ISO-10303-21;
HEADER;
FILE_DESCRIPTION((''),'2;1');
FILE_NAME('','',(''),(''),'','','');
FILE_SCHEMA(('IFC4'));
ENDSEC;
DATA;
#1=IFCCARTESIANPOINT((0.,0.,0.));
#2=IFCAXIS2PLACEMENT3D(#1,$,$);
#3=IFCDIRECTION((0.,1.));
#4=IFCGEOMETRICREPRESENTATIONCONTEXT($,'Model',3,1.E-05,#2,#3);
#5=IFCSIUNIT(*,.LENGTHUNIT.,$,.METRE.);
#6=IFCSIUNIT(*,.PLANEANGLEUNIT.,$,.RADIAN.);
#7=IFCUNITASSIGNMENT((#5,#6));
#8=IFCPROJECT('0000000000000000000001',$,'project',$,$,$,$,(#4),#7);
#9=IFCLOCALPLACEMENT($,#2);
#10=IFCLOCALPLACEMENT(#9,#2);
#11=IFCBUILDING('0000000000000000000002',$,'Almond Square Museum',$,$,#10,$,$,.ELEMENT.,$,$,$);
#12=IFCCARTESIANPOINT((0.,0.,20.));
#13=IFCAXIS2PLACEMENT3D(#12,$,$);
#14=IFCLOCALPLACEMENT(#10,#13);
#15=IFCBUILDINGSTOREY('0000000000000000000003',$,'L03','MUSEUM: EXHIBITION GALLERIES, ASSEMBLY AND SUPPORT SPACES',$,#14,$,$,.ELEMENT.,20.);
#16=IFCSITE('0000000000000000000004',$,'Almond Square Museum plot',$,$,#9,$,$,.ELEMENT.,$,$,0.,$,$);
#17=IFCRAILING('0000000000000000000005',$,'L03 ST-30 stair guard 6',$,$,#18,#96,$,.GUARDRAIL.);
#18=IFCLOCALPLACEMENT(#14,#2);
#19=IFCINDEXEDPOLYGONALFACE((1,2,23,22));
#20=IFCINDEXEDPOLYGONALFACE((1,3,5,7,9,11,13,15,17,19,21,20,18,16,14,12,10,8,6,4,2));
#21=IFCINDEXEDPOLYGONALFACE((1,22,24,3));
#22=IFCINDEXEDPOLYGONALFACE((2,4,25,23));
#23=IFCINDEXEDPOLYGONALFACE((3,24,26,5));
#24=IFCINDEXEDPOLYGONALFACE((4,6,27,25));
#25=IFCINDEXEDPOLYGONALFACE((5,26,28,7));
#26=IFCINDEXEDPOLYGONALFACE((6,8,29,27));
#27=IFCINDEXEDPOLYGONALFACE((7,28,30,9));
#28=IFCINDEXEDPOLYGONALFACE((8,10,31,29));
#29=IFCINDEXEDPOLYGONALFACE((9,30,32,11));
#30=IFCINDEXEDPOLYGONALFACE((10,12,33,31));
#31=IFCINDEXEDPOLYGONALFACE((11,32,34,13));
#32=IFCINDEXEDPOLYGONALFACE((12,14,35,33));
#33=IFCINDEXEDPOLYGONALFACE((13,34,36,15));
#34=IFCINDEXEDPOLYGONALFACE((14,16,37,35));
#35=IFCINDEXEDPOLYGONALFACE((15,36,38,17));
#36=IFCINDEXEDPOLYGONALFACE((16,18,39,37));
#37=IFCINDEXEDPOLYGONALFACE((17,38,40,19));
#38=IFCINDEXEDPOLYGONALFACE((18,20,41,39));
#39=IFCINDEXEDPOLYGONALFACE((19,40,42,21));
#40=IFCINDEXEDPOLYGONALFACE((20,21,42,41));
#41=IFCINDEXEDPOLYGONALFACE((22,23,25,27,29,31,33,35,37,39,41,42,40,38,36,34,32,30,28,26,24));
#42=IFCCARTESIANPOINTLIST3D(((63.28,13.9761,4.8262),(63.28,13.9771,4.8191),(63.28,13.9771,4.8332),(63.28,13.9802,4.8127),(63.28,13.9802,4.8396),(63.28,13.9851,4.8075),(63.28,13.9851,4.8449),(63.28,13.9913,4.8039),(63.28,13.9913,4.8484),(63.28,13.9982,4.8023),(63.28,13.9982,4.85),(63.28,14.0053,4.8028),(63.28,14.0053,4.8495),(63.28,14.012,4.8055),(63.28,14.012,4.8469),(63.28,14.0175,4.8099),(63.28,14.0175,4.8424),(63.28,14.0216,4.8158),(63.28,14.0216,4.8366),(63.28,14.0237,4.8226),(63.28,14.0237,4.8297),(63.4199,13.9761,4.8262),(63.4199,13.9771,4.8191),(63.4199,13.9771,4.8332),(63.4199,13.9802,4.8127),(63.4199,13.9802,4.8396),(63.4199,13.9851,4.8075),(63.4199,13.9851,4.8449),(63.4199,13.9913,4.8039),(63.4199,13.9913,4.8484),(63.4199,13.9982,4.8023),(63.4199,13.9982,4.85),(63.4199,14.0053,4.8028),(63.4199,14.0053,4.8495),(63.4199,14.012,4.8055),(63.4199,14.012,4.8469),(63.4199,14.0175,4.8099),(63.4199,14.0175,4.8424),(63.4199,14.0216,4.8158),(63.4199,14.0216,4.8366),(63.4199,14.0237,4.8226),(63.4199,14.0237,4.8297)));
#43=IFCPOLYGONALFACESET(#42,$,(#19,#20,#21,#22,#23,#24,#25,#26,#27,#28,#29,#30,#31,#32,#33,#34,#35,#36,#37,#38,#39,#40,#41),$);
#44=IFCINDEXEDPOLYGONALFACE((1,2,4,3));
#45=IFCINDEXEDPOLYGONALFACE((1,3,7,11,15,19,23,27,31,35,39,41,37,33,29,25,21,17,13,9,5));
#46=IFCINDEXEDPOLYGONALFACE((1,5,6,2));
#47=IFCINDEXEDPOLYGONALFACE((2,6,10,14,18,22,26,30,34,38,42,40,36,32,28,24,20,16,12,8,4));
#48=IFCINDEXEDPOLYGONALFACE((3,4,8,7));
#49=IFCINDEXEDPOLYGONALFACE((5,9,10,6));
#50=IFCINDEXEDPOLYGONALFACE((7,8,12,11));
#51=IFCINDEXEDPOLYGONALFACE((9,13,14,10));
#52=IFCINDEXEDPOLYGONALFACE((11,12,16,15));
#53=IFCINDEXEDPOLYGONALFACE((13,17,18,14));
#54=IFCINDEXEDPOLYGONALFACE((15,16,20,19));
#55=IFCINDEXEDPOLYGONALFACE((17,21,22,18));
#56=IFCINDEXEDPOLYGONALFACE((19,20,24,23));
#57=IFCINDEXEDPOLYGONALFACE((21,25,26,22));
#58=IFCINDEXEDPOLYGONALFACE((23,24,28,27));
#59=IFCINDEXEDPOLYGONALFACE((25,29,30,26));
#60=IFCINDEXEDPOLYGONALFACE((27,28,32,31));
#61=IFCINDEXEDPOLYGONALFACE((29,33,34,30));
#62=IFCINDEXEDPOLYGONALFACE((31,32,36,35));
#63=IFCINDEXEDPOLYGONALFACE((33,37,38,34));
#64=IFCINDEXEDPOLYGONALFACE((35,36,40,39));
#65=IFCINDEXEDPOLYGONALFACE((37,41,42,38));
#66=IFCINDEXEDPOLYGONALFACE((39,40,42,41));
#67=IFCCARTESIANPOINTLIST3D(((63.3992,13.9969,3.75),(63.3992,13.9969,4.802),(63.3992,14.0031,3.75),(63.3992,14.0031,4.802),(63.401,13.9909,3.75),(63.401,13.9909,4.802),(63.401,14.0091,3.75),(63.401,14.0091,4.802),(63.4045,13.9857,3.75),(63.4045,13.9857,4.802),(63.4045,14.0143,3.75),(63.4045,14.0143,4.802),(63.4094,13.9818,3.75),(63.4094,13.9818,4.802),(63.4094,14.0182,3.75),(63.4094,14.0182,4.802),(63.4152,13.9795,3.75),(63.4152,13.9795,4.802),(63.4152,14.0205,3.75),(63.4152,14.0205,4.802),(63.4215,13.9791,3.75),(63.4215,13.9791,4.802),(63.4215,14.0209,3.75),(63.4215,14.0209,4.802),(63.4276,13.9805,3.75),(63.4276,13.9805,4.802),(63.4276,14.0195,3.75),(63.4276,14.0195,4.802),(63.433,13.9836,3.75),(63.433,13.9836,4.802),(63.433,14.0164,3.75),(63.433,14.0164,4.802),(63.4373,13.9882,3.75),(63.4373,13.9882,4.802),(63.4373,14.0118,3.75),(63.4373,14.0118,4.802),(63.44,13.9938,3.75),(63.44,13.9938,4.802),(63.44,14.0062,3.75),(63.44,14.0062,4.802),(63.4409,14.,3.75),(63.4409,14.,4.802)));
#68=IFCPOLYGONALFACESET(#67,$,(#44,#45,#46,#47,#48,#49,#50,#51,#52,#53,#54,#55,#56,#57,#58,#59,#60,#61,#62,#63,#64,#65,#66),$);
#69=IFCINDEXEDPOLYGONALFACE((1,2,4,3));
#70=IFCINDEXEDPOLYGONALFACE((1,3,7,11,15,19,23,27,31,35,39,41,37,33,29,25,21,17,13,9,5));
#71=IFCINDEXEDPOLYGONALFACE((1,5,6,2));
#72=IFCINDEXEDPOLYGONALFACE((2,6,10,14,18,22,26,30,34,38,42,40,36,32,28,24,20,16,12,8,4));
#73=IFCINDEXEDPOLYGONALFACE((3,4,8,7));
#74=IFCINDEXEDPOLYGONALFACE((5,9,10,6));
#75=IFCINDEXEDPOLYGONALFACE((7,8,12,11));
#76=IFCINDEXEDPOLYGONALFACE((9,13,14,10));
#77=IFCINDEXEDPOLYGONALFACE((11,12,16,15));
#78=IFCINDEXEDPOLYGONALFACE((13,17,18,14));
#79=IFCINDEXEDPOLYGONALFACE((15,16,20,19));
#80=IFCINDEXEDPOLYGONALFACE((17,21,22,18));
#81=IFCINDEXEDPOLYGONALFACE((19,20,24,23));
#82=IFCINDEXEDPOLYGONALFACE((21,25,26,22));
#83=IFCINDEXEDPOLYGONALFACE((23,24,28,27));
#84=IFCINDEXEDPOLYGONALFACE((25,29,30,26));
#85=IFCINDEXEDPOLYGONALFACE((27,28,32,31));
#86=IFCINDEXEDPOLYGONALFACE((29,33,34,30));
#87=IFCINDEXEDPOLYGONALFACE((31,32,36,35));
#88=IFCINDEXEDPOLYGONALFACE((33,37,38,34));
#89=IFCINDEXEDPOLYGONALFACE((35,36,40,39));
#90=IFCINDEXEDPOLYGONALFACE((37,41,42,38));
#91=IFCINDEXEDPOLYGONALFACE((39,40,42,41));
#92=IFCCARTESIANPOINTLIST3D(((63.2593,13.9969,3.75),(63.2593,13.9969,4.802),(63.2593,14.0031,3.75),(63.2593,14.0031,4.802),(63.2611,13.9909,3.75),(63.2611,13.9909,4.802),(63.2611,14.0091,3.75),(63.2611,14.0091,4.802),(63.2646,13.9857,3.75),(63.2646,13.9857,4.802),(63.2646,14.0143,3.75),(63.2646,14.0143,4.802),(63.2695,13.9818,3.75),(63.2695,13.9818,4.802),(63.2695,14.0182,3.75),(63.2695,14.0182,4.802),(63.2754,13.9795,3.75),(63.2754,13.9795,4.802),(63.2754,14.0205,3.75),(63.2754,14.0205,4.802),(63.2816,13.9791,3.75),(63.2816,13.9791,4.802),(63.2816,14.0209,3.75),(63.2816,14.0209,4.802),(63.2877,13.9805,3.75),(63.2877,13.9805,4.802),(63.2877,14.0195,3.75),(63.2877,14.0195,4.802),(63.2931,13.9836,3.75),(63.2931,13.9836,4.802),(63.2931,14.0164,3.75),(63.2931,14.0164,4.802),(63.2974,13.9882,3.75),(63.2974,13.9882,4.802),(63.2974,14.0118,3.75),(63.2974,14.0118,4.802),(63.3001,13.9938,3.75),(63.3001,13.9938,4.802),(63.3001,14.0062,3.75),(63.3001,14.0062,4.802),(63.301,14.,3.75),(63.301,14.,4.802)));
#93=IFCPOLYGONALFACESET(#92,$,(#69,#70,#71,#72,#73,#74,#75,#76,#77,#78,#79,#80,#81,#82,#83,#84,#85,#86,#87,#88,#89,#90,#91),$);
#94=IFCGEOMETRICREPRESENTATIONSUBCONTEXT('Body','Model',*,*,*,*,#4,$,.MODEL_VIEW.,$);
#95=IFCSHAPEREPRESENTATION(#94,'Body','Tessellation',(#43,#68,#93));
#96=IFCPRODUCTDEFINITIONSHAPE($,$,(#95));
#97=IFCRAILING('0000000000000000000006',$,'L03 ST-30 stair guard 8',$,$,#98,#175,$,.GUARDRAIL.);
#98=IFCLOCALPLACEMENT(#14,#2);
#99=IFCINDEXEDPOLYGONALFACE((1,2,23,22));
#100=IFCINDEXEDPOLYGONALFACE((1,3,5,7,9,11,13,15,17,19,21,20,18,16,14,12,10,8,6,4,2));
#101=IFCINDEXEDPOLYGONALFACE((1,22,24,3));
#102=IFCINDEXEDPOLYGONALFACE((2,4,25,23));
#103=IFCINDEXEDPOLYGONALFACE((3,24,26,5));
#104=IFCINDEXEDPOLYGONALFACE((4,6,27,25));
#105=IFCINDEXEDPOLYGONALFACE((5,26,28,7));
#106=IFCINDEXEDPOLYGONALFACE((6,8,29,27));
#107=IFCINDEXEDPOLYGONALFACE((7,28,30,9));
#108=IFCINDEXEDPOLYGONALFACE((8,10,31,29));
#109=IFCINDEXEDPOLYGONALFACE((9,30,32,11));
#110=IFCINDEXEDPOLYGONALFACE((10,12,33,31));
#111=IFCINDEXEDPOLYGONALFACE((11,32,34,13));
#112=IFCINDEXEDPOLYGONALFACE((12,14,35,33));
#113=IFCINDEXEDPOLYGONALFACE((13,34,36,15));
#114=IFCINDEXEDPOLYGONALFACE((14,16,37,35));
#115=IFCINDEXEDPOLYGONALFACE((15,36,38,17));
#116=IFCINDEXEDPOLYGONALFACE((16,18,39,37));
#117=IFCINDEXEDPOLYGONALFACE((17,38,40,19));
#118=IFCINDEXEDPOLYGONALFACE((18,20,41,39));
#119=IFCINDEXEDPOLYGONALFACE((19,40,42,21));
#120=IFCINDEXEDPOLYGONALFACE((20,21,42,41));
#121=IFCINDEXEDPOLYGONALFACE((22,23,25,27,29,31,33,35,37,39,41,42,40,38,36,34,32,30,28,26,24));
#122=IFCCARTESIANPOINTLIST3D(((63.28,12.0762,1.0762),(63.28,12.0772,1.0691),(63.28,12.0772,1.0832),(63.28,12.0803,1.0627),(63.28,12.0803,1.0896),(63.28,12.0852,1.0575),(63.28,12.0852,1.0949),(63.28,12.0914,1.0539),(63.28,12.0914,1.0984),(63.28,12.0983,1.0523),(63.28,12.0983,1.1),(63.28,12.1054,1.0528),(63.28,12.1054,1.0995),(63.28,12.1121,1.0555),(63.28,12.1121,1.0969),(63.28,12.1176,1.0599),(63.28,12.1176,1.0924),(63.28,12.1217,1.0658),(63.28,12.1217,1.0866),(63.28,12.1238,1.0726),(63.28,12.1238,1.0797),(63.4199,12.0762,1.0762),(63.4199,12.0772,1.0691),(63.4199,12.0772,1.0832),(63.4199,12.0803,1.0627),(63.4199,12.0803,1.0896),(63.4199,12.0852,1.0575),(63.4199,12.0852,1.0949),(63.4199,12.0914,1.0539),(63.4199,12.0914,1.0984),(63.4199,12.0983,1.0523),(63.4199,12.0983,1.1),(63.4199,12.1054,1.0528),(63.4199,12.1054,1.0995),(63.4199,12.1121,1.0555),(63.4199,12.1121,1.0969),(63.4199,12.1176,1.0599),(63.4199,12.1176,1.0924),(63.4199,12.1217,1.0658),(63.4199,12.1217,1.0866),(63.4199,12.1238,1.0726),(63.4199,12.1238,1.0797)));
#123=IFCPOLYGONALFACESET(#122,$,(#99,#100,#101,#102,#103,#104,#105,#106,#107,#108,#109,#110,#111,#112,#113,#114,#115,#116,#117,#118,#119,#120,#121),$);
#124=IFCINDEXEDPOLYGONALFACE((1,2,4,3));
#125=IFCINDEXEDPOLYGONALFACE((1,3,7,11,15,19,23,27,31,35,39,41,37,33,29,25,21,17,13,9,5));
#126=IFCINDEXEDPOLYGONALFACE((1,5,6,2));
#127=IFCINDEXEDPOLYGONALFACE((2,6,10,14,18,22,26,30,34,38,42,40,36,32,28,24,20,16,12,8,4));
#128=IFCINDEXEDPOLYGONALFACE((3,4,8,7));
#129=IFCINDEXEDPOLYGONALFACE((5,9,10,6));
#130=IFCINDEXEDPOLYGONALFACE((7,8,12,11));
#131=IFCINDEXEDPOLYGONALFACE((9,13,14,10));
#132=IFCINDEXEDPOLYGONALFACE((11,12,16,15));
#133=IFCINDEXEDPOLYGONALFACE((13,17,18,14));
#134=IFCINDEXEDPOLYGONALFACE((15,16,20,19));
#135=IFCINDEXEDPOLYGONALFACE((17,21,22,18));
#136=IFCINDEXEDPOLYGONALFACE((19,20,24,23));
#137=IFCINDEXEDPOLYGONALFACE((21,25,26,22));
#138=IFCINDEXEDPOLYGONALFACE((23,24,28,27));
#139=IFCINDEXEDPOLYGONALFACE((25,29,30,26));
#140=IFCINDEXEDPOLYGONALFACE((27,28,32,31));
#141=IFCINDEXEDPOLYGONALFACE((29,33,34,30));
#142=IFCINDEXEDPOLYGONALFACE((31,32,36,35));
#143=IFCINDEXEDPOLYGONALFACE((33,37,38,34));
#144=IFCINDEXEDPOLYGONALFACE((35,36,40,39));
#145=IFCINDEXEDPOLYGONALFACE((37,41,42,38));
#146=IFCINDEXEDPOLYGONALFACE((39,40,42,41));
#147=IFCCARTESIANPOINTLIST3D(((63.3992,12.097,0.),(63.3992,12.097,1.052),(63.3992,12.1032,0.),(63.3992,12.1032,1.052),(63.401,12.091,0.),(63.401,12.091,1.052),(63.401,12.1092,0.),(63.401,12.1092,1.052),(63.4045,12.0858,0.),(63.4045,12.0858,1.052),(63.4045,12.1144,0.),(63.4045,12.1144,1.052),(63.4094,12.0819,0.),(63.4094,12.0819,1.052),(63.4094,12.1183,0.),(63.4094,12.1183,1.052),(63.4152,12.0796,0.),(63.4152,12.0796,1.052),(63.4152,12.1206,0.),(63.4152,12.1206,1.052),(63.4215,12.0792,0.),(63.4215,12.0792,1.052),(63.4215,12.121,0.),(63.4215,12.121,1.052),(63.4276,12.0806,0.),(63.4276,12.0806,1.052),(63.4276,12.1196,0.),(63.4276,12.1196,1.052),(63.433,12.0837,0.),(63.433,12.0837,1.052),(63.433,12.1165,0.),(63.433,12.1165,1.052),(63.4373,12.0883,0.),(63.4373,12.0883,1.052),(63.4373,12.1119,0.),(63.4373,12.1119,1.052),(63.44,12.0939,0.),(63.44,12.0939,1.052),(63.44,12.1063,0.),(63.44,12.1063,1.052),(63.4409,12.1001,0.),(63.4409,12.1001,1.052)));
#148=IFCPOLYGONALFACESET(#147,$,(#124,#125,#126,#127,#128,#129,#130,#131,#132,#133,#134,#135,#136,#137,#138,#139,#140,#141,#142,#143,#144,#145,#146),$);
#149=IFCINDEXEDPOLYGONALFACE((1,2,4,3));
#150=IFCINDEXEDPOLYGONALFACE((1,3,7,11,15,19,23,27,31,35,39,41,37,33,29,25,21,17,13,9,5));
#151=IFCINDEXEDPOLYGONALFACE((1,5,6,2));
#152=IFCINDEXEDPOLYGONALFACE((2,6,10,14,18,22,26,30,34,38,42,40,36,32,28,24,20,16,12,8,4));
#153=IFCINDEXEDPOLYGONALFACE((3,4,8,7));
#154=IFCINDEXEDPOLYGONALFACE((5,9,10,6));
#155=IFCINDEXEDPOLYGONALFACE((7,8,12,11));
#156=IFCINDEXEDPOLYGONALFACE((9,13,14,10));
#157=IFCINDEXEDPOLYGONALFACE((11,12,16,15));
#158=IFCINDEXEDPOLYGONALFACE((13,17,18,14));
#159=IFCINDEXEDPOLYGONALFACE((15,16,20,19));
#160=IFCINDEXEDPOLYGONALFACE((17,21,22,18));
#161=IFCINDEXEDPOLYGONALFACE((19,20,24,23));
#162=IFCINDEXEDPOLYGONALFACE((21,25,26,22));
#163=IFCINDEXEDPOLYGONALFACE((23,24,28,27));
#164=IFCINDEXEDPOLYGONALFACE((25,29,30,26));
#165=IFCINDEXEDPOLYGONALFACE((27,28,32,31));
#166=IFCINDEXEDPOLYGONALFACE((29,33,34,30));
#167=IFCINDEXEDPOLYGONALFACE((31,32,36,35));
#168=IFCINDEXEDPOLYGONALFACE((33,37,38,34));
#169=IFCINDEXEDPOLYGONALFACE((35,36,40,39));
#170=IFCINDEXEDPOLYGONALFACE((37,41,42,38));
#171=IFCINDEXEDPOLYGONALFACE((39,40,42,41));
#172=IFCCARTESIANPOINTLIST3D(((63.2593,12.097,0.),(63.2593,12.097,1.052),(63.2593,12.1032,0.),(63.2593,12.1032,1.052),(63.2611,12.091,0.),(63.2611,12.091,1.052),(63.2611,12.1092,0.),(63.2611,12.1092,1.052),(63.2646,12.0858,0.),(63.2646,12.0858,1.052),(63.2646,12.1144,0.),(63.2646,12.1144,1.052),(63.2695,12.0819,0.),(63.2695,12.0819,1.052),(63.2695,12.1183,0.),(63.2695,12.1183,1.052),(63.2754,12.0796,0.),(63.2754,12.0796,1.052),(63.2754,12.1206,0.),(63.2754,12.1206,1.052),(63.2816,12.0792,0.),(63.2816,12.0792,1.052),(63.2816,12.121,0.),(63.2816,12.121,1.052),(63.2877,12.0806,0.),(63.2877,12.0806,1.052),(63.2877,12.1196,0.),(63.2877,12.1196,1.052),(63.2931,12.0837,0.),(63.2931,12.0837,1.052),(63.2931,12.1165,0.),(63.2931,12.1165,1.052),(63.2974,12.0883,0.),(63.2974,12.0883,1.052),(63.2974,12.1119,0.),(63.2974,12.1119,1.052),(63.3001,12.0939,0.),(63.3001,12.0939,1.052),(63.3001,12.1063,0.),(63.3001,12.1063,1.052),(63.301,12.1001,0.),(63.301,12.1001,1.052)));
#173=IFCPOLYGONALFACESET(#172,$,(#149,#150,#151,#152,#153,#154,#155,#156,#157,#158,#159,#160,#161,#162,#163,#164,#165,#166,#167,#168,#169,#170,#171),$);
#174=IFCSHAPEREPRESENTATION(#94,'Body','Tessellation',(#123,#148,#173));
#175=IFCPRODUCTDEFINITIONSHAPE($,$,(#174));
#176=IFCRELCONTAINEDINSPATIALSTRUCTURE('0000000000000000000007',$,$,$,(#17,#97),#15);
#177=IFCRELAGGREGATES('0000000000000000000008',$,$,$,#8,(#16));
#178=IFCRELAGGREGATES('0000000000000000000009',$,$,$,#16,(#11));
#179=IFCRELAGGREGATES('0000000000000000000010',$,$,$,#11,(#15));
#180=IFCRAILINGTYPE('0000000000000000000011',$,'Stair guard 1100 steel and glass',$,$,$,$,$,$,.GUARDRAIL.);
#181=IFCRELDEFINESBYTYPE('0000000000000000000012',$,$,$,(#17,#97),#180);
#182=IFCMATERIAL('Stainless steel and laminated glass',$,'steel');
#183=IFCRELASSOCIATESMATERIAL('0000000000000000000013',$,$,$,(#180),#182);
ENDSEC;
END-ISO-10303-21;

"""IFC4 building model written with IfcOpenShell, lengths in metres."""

from ifc_helpers import new_model, si_unit, direction, frame, origin, origin_2d, place, context, subcontext, project, spatial, circle, extrude, material, type_object, element, save


model = new_model("IFC4")

# Units and contexts
model_context = context("Model", 3, precision=1e-05, world=origin(), true_north=direction((0.0, 1.0)))
body_context = subcontext(model_context, "Body", "Model", "MODEL_VIEW")
ifc_project = project(units=[si_unit("LENGTHUNIT", "METRE"), si_unit("PLANEANGLEUNIT", "RADIAN")], contexts=[model_context])

# Site, building, storey
site_placement = place(None, origin())
site = spatial("IfcSite", under=ifc_project, at=site_placement, Name="Almond Square Museum plot", CompositionType="ELEMENT", RefElevation=0.0)
building_placement = place(site_placement, origin())
building = spatial("IfcBuilding", under=site, at=building_placement, Name="Almond Square Museum", CompositionType="ELEMENT")
storey_placement = place(building_placement, frame((0.0, 0.0, 20.0)))
storey = spatial("IfcBuildingStorey", under=building, at=storey_placement, Name="L03", Description="MUSEUM: EXHIBITION GALLERIES, ASSEMBLY AND SUPPORT SPACES", CompositionType="ELEMENT", Elevation=20.0)

# Railings
ifc_material_1 = material(Name="Stainless steel and laminated glass", Category="steel")
railing_type_1 = type_object("IfcRailingType", Name="Stair guard 1100 steel and glass", PredefinedType="GUARDRAIL", material=ifc_material_1)
for number, where, name in (
    (1, (63.4199, 14.0, 3.75), "L03 ST-30 stair guard 6"),
    (2, (63.4199, 12.1001, 0.0), "L03 ST-30 stair guard 8"),
):
    element("IfcRailing", number, at=place(storey_placement, frame(where)), inside=storey, type_object=railing_type_1, Name=name, PredefinedType="GUARDRAIL", context=body_context, shape_type="SweptSolid", body=[
        extrude(circle(Radius=0.0239, at=origin_2d()), frame((0.0, 0.0, 1.0762), z_axis=(-1.0, 0.0, 0.0), x_axis=(0.0, -1.0, 0.0)), (0.0, 0.0, 1.0), 0.1399),
        extrude(circle(Radius=0.021, at=origin_2d()), origin(), (0.0, 0.0, 1.0), 1.052),
        extrude(circle(Radius=0.021, at=origin_2d()), frame((-0.1399, 0.0, 0.0)), (0.0, 0.0, 1.0), 1.052),
    ])

save(model, "model.ifc")
